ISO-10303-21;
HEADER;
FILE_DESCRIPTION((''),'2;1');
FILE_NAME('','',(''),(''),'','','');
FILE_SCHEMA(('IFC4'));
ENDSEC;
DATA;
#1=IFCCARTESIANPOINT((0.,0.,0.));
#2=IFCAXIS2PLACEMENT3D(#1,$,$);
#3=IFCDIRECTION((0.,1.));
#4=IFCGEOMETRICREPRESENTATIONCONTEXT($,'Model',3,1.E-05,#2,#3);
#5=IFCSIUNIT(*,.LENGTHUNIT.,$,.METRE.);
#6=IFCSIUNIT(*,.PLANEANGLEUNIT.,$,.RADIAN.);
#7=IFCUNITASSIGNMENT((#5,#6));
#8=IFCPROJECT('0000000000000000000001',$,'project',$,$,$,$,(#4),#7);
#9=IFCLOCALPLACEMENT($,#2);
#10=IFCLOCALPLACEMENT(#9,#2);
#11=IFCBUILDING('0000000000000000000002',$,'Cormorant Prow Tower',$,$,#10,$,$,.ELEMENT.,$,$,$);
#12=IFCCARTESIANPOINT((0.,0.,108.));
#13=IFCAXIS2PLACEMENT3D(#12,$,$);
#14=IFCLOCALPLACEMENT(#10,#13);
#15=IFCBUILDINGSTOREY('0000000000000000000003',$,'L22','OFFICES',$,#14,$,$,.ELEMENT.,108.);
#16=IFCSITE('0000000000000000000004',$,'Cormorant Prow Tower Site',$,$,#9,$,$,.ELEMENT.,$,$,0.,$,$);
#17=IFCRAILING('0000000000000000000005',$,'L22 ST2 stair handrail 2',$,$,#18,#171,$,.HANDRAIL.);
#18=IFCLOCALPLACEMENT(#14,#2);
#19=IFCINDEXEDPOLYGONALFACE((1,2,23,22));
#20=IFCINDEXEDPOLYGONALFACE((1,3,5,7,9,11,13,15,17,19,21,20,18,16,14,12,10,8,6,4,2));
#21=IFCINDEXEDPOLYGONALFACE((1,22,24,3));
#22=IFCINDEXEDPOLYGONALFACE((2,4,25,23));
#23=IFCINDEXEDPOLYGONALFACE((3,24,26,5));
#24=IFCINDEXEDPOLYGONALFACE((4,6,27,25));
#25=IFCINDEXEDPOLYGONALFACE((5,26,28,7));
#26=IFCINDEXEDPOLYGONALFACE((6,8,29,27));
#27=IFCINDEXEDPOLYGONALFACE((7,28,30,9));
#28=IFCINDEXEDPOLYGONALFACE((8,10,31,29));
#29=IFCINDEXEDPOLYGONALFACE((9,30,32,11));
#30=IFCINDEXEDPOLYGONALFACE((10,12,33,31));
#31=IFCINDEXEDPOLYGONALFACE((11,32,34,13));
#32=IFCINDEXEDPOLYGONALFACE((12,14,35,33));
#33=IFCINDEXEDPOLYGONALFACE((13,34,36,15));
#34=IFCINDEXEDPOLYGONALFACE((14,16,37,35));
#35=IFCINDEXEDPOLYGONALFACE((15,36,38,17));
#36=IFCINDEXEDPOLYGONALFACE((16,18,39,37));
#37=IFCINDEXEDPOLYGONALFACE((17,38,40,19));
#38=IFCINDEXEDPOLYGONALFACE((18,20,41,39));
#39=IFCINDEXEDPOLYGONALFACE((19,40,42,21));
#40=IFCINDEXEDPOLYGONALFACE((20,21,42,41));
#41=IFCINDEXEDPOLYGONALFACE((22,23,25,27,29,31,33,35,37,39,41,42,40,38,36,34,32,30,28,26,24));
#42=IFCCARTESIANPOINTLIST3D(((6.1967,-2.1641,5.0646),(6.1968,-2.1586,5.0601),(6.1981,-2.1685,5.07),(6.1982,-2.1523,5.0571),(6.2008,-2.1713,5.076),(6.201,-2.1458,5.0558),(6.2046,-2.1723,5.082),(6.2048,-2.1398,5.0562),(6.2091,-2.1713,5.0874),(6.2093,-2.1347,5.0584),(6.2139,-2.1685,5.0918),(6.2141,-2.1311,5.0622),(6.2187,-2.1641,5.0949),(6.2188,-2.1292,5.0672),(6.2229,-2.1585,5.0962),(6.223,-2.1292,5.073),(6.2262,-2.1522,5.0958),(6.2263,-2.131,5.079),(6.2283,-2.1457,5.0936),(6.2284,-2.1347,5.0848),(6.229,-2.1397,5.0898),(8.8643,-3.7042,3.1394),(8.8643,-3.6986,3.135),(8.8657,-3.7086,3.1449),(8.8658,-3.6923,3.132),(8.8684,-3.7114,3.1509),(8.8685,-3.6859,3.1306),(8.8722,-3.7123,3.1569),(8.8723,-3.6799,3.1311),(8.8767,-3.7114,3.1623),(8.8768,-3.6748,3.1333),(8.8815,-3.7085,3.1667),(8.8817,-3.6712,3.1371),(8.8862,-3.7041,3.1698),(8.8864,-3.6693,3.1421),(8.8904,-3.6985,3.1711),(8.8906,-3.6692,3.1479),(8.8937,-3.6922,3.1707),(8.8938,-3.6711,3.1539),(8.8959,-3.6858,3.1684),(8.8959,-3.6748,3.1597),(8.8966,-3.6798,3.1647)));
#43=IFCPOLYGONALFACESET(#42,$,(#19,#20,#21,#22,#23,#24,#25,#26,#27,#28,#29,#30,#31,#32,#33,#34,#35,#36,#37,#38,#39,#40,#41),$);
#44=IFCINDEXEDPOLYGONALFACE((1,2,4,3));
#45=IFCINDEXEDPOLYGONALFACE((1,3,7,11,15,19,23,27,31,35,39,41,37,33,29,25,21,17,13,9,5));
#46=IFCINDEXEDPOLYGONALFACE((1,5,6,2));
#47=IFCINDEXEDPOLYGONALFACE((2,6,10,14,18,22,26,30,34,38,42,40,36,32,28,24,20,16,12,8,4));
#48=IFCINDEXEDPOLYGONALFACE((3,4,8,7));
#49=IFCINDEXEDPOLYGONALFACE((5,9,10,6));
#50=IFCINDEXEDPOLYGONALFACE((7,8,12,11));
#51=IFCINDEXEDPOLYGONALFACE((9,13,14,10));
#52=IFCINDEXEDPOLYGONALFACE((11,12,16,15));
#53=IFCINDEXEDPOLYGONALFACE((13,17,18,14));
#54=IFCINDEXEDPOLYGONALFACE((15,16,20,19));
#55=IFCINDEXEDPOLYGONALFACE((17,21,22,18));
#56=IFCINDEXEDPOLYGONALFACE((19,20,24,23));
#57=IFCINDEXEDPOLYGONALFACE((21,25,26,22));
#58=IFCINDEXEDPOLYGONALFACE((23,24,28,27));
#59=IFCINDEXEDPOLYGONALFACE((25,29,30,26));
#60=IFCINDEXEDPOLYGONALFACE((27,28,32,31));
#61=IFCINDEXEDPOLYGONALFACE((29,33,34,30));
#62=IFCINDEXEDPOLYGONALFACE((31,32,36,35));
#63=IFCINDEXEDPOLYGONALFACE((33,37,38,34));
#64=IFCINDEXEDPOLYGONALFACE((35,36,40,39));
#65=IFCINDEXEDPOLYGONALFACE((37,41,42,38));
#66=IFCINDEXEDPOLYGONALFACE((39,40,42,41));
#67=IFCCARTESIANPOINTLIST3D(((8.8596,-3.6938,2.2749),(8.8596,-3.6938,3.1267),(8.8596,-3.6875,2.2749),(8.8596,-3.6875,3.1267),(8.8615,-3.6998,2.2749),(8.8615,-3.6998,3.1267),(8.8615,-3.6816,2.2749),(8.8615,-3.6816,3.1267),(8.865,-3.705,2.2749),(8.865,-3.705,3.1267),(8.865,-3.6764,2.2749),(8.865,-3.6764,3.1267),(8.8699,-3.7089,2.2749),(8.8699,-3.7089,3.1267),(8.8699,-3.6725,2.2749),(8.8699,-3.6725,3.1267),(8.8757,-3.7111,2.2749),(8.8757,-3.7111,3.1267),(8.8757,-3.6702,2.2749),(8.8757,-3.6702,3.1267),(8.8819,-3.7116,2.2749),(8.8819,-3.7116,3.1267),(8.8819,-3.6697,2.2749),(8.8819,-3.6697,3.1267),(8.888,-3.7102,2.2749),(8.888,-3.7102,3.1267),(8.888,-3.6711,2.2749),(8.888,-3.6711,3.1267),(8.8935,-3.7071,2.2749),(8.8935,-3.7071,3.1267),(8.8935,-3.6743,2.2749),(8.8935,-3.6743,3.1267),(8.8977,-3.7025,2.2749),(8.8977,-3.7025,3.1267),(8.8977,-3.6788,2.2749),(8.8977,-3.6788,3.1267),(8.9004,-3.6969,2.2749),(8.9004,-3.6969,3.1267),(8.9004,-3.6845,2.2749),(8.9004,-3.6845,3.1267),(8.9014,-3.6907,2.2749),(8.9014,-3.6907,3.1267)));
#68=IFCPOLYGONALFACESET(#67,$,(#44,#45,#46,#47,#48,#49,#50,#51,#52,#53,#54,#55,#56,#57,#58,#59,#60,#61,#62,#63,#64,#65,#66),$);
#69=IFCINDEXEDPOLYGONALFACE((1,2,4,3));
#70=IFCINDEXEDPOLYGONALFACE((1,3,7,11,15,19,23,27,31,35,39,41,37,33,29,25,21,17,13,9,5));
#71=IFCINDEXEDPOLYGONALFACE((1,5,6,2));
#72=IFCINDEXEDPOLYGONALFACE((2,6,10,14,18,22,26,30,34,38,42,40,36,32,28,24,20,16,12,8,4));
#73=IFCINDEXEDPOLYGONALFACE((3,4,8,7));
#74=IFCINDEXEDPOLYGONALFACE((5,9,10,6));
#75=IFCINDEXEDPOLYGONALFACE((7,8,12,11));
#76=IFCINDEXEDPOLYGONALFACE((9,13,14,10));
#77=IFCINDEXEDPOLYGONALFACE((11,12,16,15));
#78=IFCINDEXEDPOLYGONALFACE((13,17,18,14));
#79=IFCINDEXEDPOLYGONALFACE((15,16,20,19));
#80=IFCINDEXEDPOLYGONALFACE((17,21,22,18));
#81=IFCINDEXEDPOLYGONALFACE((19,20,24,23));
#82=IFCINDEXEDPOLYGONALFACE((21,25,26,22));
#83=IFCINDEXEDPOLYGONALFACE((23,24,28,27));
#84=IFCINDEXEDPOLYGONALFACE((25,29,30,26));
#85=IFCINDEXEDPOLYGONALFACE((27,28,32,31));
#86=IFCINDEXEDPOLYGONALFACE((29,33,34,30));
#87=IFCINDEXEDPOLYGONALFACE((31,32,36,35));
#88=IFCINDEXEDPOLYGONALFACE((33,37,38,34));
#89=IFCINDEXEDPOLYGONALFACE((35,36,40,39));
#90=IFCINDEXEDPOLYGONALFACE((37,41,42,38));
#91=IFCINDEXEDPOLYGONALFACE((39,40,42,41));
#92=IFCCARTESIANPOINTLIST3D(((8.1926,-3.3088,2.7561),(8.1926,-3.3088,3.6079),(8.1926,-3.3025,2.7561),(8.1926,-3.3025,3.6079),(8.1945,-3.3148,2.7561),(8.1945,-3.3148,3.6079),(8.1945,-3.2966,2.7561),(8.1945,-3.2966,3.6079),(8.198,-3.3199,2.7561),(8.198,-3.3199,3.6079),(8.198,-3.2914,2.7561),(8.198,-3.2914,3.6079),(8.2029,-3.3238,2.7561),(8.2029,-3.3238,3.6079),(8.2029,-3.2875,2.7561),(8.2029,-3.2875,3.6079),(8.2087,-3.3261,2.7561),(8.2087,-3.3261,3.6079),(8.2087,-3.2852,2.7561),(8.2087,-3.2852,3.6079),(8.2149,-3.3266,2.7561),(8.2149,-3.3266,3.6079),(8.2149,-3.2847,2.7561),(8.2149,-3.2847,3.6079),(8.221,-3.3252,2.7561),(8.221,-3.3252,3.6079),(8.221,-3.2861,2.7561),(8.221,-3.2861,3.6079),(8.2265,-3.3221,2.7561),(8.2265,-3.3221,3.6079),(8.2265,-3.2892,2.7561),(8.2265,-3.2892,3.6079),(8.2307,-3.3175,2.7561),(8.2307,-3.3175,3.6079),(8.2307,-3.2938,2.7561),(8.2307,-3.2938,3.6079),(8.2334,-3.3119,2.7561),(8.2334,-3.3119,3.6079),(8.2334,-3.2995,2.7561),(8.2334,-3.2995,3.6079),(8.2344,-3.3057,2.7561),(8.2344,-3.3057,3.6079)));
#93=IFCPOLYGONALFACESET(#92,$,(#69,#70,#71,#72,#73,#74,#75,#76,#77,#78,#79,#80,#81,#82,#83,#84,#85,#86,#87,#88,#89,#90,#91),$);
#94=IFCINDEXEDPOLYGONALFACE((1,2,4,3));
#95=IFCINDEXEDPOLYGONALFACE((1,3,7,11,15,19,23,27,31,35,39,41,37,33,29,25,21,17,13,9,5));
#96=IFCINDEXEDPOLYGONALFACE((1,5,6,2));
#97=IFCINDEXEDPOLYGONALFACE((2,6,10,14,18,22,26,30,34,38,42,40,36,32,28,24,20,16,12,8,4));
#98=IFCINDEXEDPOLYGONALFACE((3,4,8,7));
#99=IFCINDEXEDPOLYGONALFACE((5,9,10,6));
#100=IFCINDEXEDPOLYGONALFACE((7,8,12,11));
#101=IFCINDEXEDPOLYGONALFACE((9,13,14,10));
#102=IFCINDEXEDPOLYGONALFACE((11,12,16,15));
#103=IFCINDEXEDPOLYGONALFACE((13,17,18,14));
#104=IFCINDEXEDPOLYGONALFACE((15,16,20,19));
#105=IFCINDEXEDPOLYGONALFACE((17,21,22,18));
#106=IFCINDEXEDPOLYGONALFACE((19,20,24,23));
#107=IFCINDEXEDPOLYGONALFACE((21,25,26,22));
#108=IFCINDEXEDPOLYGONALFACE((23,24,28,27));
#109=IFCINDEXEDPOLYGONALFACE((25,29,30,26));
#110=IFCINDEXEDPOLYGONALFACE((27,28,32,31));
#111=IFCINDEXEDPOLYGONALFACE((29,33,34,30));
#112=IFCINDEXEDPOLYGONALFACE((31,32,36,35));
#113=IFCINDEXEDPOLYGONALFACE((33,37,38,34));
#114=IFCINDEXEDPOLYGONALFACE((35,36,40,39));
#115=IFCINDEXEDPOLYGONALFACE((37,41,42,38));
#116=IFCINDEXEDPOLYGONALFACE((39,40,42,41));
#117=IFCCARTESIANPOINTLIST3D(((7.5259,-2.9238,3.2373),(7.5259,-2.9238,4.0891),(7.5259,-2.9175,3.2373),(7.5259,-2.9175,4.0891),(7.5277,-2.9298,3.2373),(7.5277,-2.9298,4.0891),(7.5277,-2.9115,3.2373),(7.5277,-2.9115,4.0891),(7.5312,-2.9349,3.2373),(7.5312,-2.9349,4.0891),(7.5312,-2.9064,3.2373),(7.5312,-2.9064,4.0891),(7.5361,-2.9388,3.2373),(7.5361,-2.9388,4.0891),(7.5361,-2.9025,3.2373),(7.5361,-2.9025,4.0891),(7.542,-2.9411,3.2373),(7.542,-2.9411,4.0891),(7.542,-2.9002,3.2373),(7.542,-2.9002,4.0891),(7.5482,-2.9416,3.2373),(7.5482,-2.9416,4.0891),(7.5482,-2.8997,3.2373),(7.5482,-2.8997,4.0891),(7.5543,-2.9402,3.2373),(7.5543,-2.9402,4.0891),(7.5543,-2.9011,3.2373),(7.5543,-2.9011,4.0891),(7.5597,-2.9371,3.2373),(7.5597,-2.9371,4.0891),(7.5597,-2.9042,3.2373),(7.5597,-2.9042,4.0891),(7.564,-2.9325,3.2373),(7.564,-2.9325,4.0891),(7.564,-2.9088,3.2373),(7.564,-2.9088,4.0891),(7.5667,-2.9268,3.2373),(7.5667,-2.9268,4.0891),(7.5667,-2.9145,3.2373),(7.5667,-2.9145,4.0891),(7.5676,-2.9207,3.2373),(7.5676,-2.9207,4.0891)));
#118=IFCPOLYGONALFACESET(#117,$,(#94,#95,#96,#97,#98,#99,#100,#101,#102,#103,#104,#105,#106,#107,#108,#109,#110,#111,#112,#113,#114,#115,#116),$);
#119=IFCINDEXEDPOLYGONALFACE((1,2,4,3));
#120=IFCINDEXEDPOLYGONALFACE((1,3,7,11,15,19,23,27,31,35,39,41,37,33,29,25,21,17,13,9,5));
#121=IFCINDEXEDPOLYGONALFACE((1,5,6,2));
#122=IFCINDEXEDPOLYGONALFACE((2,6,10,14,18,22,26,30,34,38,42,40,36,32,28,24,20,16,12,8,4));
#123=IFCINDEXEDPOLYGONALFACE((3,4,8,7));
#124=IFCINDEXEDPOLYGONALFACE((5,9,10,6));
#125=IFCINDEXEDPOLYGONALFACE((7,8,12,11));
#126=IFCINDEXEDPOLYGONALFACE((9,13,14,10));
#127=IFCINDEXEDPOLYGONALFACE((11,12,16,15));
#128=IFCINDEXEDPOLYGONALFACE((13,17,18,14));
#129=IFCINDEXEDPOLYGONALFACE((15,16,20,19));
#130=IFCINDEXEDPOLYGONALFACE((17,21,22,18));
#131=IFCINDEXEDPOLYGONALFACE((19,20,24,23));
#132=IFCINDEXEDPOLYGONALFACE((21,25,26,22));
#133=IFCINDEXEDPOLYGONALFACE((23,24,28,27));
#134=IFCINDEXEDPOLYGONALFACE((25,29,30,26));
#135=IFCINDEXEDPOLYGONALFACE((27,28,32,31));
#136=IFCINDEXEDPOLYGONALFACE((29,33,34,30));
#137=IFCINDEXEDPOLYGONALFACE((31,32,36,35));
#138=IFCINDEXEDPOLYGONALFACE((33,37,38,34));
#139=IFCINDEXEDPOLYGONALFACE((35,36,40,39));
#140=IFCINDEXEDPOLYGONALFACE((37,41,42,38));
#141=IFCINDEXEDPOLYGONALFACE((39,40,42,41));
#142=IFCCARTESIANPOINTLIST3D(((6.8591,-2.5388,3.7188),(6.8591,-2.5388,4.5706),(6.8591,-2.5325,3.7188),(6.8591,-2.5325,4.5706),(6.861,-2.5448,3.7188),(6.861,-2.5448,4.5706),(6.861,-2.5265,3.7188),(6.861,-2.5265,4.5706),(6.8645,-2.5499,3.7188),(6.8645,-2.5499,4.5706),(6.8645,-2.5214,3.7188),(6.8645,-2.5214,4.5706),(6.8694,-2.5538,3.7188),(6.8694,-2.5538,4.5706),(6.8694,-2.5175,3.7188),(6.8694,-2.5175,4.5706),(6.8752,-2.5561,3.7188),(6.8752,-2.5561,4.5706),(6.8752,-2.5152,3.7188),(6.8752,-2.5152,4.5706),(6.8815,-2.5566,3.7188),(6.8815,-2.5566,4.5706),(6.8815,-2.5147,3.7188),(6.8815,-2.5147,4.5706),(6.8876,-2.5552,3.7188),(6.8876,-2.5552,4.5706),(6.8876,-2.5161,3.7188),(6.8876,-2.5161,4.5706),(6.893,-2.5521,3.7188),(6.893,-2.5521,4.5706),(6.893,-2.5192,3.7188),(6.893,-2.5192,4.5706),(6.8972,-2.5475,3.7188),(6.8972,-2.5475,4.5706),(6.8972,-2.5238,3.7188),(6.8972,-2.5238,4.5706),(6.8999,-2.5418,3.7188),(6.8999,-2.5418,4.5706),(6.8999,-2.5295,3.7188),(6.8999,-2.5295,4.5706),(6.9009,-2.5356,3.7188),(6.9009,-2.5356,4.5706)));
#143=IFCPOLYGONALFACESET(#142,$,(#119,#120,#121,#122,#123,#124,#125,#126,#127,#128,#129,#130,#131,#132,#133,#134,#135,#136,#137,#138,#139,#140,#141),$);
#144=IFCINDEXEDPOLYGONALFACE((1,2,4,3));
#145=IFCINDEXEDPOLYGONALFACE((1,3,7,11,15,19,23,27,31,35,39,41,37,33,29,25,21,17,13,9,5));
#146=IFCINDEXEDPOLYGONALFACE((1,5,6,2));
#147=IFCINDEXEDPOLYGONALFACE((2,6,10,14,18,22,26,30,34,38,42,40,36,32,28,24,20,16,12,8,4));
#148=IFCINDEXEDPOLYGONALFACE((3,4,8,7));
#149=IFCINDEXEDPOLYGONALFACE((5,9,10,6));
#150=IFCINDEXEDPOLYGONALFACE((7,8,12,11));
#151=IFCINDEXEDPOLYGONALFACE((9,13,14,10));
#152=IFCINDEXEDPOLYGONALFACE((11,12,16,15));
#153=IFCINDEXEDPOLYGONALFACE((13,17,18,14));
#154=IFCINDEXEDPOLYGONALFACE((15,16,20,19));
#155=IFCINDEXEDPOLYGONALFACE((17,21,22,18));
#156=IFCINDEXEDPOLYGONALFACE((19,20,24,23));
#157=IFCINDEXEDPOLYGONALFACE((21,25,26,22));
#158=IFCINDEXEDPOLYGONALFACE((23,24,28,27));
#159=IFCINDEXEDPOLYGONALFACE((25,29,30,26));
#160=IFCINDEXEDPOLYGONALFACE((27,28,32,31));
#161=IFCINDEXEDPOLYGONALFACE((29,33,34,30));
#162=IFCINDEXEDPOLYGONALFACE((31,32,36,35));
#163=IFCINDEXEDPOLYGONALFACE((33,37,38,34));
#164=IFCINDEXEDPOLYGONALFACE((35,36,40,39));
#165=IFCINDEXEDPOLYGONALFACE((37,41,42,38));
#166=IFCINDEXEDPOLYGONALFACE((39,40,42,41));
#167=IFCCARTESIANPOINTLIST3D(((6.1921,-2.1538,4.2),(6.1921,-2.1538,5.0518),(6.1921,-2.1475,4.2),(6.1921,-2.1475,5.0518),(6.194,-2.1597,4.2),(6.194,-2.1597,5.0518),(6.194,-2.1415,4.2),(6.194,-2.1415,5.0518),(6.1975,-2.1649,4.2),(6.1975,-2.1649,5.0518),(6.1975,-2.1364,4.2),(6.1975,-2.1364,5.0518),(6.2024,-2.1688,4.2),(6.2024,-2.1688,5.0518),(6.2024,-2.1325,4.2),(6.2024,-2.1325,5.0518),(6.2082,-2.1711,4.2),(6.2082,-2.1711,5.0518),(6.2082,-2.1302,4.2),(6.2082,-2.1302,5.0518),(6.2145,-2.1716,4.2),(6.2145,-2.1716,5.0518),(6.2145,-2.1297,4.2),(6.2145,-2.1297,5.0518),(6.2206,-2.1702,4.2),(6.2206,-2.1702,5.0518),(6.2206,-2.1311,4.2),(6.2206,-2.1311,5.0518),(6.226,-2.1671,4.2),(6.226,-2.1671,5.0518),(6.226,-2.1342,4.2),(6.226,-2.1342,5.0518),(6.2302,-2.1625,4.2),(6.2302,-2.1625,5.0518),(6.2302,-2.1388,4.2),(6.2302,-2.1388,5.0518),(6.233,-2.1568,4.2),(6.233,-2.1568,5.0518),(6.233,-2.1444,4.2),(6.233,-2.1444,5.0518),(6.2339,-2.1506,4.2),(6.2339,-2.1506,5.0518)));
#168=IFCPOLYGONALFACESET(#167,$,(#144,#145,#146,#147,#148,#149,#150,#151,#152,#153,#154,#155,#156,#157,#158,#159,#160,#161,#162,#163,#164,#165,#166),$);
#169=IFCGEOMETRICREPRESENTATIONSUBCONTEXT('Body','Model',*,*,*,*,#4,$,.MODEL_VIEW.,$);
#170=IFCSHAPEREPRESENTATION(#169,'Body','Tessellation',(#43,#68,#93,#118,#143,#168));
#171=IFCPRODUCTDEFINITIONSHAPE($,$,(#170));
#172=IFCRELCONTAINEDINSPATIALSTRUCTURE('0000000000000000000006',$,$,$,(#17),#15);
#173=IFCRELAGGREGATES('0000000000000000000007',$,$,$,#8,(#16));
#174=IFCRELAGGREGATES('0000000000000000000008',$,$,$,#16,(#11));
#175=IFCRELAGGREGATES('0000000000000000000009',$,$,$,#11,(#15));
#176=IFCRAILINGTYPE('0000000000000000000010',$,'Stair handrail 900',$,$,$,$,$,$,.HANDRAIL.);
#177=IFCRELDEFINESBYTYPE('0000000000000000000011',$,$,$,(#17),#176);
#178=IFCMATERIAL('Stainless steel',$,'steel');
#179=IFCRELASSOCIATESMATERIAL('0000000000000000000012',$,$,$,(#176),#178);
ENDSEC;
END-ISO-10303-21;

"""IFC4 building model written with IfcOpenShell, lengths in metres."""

from ifc_helpers import new_model, si_unit, direction, frame, origin, origin_2d, place, context, subcontext, project, spatial, circle, extrude, material, type_object, element, save


model = new_model("IFC4")

# Units and contexts
model_context = context("Model", 3, precision=1e-05, world=origin(), true_north=direction((0.0, 1.0)))
body_context = subcontext(model_context, "Body", "Model", "MODEL_VIEW")
ifc_project = project(units=[si_unit("LENGTHUNIT", "METRE"), si_unit("PLANEANGLEUNIT", "RADIAN")], contexts=[model_context])

# Site, building, storey
site_placement = place(None, origin())
site = spatial("IfcSite", under=ifc_project, at=site_placement, Name="Cormorant Prow Tower Site", CompositionType="ELEMENT", RefElevation=0.0)
building_placement = place(site_placement, origin())
building = spatial("IfcBuilding", under=site, at=building_placement, Name="Cormorant Prow Tower", CompositionType="ELEMENT")
storey_placement = place(building_placement, frame((0.0, 0.0, 108.0)))
storey = spatial("IfcBuildingStorey", under=building, at=storey_placement, Name="L22", Description="OFFICES", CompositionType="ELEMENT", Elevation=108.0)

# Railing
ifc_material_1 = material(Name="Stainless steel", Category="steel")
railing_type_1 = type_object("IfcRailingType", Name="Stair handrail 900", PredefinedType="HANDRAIL", material=ifc_material_1)
railing_1_placement = place(storey_placement, frame((8.8804, -3.6907, 2.2749)))
element("IfcRailing", 1, at=railing_1_placement, inside=storey, type_object=railing_type_1, Name="L22 ST2 stair handrail 2", PredefinedType="HANDRAIL", context=body_context, shape_type="SweptSolid", body=[
    extrude(circle(Radius=0.0239, at=origin_2d()), frame((0.0, 0.0, 0.876), z_axis=(-0.734395, 0.423994, 0.529993), x_axis=(-0.499992, -0.86603, 0.0)), (0.0, 0.0, 1.0), 3.6323),
    extrude(circle(Radius=0.021, at=origin_2d()), origin(), (0.0, 0.0, 1.0), 0.8518),
    extrude(circle(Radius=0.021, at=origin_2d()), frame((-0.667, 0.385, 0.4812)), (0.0, 0.0, 1.0), 0.8518),
    extrude(circle(Radius=0.021, at=origin_2d()), frame((-1.3337, 0.77, 0.9624)), (0.0, 0.0, 1.0), 0.8518),
    extrude(circle(Radius=0.021, at=origin_2d()), frame((-2.0005, 1.155, 1.4438)), (0.0, 0.0, 1.0), 0.8518),
    extrude(circle(Radius=0.021, at=origin_2d()), frame((-2.6675, 1.54, 1.925)), (0.0, 0.0, 1.0), 0.8518),
])

save(model, "model.ifc")
